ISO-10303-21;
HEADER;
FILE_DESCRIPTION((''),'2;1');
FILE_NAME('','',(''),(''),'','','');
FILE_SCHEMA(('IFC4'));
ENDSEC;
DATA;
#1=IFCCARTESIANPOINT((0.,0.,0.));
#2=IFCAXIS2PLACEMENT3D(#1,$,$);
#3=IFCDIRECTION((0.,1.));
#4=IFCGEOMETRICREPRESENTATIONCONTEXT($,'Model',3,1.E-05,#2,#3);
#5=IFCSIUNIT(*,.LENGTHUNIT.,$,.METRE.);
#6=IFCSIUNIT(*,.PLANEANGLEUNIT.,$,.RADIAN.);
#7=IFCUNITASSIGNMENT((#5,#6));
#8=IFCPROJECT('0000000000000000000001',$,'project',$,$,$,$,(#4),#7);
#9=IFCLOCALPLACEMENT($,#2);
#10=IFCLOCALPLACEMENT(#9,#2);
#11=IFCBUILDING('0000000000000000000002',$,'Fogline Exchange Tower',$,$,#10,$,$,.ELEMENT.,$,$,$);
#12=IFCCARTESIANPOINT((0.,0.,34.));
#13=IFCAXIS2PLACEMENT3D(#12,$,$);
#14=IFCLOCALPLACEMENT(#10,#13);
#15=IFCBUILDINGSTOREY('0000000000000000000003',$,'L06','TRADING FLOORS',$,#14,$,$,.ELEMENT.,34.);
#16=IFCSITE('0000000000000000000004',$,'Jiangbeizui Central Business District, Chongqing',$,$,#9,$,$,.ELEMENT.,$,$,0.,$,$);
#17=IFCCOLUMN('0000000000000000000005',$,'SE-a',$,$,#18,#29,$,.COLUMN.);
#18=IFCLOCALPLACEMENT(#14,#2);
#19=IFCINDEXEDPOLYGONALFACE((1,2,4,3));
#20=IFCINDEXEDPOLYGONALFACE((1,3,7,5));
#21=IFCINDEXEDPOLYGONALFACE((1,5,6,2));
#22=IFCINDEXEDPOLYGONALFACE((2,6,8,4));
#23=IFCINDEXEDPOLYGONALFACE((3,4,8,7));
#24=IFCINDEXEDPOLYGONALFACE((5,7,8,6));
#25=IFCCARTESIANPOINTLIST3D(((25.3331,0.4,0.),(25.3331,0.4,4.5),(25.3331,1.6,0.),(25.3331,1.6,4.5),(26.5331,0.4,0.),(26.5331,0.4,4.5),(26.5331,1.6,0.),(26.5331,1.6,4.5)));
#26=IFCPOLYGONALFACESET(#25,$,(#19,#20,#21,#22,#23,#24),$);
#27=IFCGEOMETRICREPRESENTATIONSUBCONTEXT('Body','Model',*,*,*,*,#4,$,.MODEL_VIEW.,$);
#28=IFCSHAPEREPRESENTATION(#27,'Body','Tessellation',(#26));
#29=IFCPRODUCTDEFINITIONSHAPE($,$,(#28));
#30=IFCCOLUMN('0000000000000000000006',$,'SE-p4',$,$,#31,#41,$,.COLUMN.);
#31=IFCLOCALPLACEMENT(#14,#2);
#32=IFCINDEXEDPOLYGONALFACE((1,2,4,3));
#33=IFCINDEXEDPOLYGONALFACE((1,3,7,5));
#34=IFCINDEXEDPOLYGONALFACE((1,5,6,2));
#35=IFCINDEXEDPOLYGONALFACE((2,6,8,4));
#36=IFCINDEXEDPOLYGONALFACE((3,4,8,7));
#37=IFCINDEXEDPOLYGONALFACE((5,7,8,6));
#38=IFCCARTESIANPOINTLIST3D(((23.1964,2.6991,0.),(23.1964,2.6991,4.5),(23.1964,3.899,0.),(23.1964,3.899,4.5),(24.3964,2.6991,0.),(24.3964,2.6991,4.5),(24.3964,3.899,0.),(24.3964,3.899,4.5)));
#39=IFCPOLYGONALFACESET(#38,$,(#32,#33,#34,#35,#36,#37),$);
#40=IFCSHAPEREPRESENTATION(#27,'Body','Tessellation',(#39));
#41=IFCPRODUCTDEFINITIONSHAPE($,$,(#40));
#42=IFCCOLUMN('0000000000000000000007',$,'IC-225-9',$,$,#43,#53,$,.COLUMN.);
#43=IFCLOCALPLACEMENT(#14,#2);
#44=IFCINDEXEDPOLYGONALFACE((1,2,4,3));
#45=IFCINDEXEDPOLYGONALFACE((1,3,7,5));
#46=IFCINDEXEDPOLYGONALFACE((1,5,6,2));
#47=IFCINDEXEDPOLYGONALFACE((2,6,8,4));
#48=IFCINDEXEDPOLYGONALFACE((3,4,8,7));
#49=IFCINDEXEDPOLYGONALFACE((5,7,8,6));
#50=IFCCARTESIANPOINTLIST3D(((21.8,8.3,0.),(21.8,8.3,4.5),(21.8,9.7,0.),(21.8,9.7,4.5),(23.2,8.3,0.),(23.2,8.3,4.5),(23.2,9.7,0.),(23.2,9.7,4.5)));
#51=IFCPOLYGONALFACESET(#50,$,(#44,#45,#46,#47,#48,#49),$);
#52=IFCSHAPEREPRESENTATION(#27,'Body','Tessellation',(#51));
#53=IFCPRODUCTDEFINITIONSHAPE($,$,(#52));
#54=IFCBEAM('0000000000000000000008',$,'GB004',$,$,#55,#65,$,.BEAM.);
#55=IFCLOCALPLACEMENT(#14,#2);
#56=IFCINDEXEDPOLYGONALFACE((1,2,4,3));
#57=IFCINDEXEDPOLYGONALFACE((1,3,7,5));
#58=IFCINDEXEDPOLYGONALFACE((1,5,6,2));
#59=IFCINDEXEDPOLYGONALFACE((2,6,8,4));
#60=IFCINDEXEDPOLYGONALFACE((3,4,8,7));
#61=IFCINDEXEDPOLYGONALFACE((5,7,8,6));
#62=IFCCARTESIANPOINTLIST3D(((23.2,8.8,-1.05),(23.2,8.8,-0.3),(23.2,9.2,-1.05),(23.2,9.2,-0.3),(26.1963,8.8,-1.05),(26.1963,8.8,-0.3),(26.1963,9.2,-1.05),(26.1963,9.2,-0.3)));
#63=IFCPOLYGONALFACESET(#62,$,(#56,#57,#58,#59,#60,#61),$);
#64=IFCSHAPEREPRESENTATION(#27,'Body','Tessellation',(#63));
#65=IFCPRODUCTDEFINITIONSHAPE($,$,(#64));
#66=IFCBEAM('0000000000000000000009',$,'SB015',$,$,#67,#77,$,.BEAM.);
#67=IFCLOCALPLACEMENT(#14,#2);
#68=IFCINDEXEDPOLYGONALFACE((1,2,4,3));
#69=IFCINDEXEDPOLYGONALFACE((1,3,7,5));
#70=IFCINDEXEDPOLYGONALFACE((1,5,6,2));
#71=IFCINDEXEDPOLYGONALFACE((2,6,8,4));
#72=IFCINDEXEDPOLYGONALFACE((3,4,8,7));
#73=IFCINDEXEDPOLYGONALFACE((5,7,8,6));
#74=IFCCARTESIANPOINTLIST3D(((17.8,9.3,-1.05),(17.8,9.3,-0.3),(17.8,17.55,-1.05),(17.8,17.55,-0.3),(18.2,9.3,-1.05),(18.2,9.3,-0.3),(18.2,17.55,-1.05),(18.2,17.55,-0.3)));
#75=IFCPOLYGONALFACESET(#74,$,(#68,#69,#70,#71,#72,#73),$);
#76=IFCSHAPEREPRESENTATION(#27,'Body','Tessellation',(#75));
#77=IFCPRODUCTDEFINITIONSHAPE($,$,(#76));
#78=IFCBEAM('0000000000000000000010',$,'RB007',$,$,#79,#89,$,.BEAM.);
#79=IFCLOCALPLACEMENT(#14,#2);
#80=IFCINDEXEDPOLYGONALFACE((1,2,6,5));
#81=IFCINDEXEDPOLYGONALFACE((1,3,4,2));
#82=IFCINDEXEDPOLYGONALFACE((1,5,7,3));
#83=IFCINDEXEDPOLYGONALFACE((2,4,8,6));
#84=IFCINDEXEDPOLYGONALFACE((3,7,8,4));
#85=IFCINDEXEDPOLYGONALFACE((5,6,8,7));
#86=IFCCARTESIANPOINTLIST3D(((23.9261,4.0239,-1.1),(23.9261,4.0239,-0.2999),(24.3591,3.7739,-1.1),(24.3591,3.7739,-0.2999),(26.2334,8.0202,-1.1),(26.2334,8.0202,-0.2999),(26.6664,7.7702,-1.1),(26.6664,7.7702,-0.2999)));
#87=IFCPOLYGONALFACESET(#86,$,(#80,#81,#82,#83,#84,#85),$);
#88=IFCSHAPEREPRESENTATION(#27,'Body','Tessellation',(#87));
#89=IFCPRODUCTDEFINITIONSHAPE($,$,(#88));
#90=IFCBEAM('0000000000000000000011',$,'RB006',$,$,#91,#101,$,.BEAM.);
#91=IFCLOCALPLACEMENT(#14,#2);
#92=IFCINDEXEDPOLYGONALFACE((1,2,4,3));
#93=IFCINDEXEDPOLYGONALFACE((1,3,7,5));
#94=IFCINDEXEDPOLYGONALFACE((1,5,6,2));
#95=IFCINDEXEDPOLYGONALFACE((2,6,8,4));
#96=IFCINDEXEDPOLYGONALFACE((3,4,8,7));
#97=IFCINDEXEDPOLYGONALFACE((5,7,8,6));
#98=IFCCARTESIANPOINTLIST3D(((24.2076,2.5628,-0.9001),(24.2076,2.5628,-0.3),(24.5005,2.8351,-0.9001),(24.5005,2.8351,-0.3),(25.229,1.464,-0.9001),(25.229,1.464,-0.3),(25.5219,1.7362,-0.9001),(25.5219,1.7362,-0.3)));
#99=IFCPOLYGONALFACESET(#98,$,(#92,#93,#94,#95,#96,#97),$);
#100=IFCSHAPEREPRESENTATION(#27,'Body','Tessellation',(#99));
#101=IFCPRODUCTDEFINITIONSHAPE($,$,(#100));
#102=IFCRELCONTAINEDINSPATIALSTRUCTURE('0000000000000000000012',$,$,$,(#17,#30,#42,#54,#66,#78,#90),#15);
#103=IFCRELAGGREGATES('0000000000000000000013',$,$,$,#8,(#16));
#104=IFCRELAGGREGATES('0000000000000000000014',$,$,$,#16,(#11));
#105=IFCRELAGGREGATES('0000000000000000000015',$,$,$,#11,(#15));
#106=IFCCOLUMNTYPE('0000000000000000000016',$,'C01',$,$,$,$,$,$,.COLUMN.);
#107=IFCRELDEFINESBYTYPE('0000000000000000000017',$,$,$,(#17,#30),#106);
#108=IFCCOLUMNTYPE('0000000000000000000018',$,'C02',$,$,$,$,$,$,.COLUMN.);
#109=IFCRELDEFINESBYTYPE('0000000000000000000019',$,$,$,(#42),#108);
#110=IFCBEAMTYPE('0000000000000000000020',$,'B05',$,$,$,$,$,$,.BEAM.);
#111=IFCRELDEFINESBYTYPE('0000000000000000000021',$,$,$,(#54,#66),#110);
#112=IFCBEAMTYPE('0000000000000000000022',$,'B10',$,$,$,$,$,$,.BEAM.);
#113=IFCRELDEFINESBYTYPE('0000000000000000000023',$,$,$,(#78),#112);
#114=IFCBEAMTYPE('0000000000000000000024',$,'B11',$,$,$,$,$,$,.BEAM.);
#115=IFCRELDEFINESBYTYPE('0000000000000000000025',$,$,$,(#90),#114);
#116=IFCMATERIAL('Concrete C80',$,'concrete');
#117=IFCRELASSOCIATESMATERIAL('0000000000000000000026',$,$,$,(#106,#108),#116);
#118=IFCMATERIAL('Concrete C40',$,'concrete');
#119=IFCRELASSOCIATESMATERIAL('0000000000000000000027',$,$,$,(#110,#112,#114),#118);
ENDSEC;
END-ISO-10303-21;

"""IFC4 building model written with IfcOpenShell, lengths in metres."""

from ifc_helpers import new_model, si_unit, direction, frame, origin, origin_2d, place, context, subcontext, project, spatial, rectangle, extrude, material, material_profile, profile_set, type_object, element, save


model = new_model("IFC4")

# Units and contexts
model_context = context("Model", 3, precision=1e-05, world=origin(), true_north=direction((0.0, 1.0)))
body_context = subcontext(model_context, "Body", "Model", "MODEL_VIEW")
ifc_project = project(units=[si_unit("LENGTHUNIT", "METRE"), si_unit("PLANEANGLEUNIT", "RADIAN")], contexts=[model_context])

# Site, building, storey
site_placement = place(None, origin())
site = spatial("IfcSite", under=ifc_project, at=site_placement, Name="Jiangbeizui Central Business District, Chongqing", CompositionType="ELEMENT", RefElevation=0.0)
building_placement = place(site_placement, origin())
building = spatial("IfcBuilding", under=site, at=building_placement, Name="Fogline Exchange Tower", CompositionType="ELEMENT")
storey_placement = place(building_placement, frame((0.0, 0.0, 34.0)))
storey = spatial("IfcBuildingStorey", under=building, at=storey_placement, Name="L06", Description="TRADING FLOORS", CompositionType="ELEMENT", Elevation=34.0)

# Columns
ifc_material_1 = material(Name="Concrete C80", Category="concrete")
ifc_material_profile_1 = material_profile(ifc_material_1, rectangle(XDim=1.2, YDim=1.2, at=origin_2d()), Name="RC 1200x1200")
ifc_profile_set_1 = profile_set([ifc_material_profile_1], Name="Concrete C80")
column_type_1 = type_object("IfcColumnType", Name="C01", PredefinedType="COLUMN", material=ifc_profile_set_1)
for number, where, z_axis, x_axis, name in (
    (1, (25.9331, 1.0, 0.0), (0.0, 0.0, 1.0), (1.0, 0.0, 0.0), "SE-a"),
    (2, (23.7964, 3.2991, 0.0), (0.0, 0.0, 1.0), (1.0, 0.0, 0.0), "SE-p4"),
):
    element("IfcColumn", number, at=place(storey_placement, frame(where, z_axis=z_axis, x_axis=x_axis)), inside=storey, type_object=column_type_1, Name=name, PredefinedType="COLUMN", context=body_context, shape_type="SweptSolid", body=[
        extrude(rectangle(XDim=1.2, YDim=1.2, at=origin_2d()), origin(), (0.0, 0.0, 1.0), 4.5),
    ])
ifc_material_profile_2 = material_profile(ifc_material_1, rectangle(XDim=1.3999, YDim=1.3999, at=origin_2d()), Name="RC 1400x1400")
ifc_profile_set_2 = profile_set([ifc_material_profile_2], Name="Concrete C80")
column_type_2 = type_object("IfcColumnType", Name="C02", PredefinedType="COLUMN", material=ifc_profile_set_2)
column_placement = place(storey_placement, frame((22.5, 9.0, 0.0), z_axis=(0.0, 0.0, 1.0), x_axis=(1.0, 0.0, 0.0)))
element("IfcColumn", 3, at=column_placement, inside=storey, type_object=column_type_2, Name="IC-225-9", PredefinedType="COLUMN", context=body_context, shape_type="SweptSolid", body=[
    extrude(rectangle(XDim=1.3999, YDim=1.3999, at=origin_2d()), origin(), (0.0, 0.0, 1.0), 4.5),
])

# Beams
ifc_material_2 = material(Name="Concrete C40", Category="concrete")
ifc_material_profile_3 = material_profile(ifc_material_2, rectangle(XDim=0.3999, YDim=0.75, at=origin_2d()), Name="RC 400x750")
ifc_profile_set_3 = profile_set([ifc_material_profile_3], Name="Concrete C40")
beam_type_1 = type_object("IfcBeamType", Name="B05", PredefinedType="BEAM", material=ifc_profile_set_3)
beam_1_placement = place(storey_placement, frame((23.2, 9.0, -0.675), z_axis=(1.0, 0.0, 0.0), x_axis=(0.0, 1.0, 0.0)))
element("IfcBeam", 4, at=beam_1_placement, inside=storey, type_object=beam_type_1, Name="GB004", PredefinedType="BEAM", context=body_context, shape_type="SweptSolid", body=[
    extrude(rectangle(XDim=0.3999, YDim=0.75, at=origin_2d()), origin(), (0.0, 0.0, 1.0), 2.9963),
])
beam_2_placement = place(storey_placement, frame((18.0, 9.3, -0.675), z_axis=(0.0, 1.0, 0.0), x_axis=(-1.0, 0.0, 0.0)))
element("IfcBeam", 5, at=beam_2_placement, inside=storey, type_object=beam_type_1, Name="SB015", PredefinedType="BEAM", context=body_context, shape_type="SweptSolid", body=[
    extrude(rectangle(XDim=0.3999, YDim=0.75, at=origin_2d()), origin(), (0.0, 0.0, 1.0), 8.25),
])
ifc_material_profile_4 = material_profile(ifc_material_2, rectangle(XDim=0.5, YDim=0.8, at=origin_2d()), Name="RC 500x800")
ifc_profile_set_4 = profile_set([ifc_material_profile_4], Name="Concrete C40")
beam_type_2 = type_object("IfcBeamType", Name="B10", PredefinedType="BEAM", material=ifc_profile_set_4)
beam_3_placement = place(storey_placement, frame((24.1426, 3.8989, -0.7), z_axis=(0.500014, 0.866017, 0.0), x_axis=(-0.866017, 0.500014, 0.0)))
element("IfcBeam", 6, at=beam_3_placement, inside=storey, type_object=beam_type_2, Name="RB007", PredefinedType="BEAM", context=body_context, shape_type="SweptSolid", body=[
    extrude(rectangle(XDim=0.5, YDim=0.8, at=origin_2d()), origin(), (0.0, 0.0, 1.0), 4.6145),
])
ifc_material_profile_5 = material_profile(ifc_material_2, rectangle(XDim=0.3999, YDim=0.6001, at=origin_2d()), Name="RC 400x600")
ifc_profile_set_5 = profile_set([ifc_material_profile_5], Name="Concrete C40")
beam_type_3 = type_object("IfcBeamType", Name="B11", PredefinedType="BEAM", material=ifc_profile_set_5)
beam_4_placement = place(storey_placement, frame((25.3755, 1.6001, -0.6001), z_axis=(-0.680844, 0.732428, 0.0), x_axis=(-0.732428, -0.680844, 0.0)))
element("IfcBeam", 7, at=beam_4_placement, inside=storey, type_object=beam_type_3, Name="RB006", PredefinedType="BEAM", context=body_context, shape_type="SweptSolid", body=[
    extrude(rectangle(XDim=0.3999, YDim=0.6001, at=origin_2d()), origin(), (0.0, 0.0, 1.0), 1.5002),
])

save(model, "model.ifc")
